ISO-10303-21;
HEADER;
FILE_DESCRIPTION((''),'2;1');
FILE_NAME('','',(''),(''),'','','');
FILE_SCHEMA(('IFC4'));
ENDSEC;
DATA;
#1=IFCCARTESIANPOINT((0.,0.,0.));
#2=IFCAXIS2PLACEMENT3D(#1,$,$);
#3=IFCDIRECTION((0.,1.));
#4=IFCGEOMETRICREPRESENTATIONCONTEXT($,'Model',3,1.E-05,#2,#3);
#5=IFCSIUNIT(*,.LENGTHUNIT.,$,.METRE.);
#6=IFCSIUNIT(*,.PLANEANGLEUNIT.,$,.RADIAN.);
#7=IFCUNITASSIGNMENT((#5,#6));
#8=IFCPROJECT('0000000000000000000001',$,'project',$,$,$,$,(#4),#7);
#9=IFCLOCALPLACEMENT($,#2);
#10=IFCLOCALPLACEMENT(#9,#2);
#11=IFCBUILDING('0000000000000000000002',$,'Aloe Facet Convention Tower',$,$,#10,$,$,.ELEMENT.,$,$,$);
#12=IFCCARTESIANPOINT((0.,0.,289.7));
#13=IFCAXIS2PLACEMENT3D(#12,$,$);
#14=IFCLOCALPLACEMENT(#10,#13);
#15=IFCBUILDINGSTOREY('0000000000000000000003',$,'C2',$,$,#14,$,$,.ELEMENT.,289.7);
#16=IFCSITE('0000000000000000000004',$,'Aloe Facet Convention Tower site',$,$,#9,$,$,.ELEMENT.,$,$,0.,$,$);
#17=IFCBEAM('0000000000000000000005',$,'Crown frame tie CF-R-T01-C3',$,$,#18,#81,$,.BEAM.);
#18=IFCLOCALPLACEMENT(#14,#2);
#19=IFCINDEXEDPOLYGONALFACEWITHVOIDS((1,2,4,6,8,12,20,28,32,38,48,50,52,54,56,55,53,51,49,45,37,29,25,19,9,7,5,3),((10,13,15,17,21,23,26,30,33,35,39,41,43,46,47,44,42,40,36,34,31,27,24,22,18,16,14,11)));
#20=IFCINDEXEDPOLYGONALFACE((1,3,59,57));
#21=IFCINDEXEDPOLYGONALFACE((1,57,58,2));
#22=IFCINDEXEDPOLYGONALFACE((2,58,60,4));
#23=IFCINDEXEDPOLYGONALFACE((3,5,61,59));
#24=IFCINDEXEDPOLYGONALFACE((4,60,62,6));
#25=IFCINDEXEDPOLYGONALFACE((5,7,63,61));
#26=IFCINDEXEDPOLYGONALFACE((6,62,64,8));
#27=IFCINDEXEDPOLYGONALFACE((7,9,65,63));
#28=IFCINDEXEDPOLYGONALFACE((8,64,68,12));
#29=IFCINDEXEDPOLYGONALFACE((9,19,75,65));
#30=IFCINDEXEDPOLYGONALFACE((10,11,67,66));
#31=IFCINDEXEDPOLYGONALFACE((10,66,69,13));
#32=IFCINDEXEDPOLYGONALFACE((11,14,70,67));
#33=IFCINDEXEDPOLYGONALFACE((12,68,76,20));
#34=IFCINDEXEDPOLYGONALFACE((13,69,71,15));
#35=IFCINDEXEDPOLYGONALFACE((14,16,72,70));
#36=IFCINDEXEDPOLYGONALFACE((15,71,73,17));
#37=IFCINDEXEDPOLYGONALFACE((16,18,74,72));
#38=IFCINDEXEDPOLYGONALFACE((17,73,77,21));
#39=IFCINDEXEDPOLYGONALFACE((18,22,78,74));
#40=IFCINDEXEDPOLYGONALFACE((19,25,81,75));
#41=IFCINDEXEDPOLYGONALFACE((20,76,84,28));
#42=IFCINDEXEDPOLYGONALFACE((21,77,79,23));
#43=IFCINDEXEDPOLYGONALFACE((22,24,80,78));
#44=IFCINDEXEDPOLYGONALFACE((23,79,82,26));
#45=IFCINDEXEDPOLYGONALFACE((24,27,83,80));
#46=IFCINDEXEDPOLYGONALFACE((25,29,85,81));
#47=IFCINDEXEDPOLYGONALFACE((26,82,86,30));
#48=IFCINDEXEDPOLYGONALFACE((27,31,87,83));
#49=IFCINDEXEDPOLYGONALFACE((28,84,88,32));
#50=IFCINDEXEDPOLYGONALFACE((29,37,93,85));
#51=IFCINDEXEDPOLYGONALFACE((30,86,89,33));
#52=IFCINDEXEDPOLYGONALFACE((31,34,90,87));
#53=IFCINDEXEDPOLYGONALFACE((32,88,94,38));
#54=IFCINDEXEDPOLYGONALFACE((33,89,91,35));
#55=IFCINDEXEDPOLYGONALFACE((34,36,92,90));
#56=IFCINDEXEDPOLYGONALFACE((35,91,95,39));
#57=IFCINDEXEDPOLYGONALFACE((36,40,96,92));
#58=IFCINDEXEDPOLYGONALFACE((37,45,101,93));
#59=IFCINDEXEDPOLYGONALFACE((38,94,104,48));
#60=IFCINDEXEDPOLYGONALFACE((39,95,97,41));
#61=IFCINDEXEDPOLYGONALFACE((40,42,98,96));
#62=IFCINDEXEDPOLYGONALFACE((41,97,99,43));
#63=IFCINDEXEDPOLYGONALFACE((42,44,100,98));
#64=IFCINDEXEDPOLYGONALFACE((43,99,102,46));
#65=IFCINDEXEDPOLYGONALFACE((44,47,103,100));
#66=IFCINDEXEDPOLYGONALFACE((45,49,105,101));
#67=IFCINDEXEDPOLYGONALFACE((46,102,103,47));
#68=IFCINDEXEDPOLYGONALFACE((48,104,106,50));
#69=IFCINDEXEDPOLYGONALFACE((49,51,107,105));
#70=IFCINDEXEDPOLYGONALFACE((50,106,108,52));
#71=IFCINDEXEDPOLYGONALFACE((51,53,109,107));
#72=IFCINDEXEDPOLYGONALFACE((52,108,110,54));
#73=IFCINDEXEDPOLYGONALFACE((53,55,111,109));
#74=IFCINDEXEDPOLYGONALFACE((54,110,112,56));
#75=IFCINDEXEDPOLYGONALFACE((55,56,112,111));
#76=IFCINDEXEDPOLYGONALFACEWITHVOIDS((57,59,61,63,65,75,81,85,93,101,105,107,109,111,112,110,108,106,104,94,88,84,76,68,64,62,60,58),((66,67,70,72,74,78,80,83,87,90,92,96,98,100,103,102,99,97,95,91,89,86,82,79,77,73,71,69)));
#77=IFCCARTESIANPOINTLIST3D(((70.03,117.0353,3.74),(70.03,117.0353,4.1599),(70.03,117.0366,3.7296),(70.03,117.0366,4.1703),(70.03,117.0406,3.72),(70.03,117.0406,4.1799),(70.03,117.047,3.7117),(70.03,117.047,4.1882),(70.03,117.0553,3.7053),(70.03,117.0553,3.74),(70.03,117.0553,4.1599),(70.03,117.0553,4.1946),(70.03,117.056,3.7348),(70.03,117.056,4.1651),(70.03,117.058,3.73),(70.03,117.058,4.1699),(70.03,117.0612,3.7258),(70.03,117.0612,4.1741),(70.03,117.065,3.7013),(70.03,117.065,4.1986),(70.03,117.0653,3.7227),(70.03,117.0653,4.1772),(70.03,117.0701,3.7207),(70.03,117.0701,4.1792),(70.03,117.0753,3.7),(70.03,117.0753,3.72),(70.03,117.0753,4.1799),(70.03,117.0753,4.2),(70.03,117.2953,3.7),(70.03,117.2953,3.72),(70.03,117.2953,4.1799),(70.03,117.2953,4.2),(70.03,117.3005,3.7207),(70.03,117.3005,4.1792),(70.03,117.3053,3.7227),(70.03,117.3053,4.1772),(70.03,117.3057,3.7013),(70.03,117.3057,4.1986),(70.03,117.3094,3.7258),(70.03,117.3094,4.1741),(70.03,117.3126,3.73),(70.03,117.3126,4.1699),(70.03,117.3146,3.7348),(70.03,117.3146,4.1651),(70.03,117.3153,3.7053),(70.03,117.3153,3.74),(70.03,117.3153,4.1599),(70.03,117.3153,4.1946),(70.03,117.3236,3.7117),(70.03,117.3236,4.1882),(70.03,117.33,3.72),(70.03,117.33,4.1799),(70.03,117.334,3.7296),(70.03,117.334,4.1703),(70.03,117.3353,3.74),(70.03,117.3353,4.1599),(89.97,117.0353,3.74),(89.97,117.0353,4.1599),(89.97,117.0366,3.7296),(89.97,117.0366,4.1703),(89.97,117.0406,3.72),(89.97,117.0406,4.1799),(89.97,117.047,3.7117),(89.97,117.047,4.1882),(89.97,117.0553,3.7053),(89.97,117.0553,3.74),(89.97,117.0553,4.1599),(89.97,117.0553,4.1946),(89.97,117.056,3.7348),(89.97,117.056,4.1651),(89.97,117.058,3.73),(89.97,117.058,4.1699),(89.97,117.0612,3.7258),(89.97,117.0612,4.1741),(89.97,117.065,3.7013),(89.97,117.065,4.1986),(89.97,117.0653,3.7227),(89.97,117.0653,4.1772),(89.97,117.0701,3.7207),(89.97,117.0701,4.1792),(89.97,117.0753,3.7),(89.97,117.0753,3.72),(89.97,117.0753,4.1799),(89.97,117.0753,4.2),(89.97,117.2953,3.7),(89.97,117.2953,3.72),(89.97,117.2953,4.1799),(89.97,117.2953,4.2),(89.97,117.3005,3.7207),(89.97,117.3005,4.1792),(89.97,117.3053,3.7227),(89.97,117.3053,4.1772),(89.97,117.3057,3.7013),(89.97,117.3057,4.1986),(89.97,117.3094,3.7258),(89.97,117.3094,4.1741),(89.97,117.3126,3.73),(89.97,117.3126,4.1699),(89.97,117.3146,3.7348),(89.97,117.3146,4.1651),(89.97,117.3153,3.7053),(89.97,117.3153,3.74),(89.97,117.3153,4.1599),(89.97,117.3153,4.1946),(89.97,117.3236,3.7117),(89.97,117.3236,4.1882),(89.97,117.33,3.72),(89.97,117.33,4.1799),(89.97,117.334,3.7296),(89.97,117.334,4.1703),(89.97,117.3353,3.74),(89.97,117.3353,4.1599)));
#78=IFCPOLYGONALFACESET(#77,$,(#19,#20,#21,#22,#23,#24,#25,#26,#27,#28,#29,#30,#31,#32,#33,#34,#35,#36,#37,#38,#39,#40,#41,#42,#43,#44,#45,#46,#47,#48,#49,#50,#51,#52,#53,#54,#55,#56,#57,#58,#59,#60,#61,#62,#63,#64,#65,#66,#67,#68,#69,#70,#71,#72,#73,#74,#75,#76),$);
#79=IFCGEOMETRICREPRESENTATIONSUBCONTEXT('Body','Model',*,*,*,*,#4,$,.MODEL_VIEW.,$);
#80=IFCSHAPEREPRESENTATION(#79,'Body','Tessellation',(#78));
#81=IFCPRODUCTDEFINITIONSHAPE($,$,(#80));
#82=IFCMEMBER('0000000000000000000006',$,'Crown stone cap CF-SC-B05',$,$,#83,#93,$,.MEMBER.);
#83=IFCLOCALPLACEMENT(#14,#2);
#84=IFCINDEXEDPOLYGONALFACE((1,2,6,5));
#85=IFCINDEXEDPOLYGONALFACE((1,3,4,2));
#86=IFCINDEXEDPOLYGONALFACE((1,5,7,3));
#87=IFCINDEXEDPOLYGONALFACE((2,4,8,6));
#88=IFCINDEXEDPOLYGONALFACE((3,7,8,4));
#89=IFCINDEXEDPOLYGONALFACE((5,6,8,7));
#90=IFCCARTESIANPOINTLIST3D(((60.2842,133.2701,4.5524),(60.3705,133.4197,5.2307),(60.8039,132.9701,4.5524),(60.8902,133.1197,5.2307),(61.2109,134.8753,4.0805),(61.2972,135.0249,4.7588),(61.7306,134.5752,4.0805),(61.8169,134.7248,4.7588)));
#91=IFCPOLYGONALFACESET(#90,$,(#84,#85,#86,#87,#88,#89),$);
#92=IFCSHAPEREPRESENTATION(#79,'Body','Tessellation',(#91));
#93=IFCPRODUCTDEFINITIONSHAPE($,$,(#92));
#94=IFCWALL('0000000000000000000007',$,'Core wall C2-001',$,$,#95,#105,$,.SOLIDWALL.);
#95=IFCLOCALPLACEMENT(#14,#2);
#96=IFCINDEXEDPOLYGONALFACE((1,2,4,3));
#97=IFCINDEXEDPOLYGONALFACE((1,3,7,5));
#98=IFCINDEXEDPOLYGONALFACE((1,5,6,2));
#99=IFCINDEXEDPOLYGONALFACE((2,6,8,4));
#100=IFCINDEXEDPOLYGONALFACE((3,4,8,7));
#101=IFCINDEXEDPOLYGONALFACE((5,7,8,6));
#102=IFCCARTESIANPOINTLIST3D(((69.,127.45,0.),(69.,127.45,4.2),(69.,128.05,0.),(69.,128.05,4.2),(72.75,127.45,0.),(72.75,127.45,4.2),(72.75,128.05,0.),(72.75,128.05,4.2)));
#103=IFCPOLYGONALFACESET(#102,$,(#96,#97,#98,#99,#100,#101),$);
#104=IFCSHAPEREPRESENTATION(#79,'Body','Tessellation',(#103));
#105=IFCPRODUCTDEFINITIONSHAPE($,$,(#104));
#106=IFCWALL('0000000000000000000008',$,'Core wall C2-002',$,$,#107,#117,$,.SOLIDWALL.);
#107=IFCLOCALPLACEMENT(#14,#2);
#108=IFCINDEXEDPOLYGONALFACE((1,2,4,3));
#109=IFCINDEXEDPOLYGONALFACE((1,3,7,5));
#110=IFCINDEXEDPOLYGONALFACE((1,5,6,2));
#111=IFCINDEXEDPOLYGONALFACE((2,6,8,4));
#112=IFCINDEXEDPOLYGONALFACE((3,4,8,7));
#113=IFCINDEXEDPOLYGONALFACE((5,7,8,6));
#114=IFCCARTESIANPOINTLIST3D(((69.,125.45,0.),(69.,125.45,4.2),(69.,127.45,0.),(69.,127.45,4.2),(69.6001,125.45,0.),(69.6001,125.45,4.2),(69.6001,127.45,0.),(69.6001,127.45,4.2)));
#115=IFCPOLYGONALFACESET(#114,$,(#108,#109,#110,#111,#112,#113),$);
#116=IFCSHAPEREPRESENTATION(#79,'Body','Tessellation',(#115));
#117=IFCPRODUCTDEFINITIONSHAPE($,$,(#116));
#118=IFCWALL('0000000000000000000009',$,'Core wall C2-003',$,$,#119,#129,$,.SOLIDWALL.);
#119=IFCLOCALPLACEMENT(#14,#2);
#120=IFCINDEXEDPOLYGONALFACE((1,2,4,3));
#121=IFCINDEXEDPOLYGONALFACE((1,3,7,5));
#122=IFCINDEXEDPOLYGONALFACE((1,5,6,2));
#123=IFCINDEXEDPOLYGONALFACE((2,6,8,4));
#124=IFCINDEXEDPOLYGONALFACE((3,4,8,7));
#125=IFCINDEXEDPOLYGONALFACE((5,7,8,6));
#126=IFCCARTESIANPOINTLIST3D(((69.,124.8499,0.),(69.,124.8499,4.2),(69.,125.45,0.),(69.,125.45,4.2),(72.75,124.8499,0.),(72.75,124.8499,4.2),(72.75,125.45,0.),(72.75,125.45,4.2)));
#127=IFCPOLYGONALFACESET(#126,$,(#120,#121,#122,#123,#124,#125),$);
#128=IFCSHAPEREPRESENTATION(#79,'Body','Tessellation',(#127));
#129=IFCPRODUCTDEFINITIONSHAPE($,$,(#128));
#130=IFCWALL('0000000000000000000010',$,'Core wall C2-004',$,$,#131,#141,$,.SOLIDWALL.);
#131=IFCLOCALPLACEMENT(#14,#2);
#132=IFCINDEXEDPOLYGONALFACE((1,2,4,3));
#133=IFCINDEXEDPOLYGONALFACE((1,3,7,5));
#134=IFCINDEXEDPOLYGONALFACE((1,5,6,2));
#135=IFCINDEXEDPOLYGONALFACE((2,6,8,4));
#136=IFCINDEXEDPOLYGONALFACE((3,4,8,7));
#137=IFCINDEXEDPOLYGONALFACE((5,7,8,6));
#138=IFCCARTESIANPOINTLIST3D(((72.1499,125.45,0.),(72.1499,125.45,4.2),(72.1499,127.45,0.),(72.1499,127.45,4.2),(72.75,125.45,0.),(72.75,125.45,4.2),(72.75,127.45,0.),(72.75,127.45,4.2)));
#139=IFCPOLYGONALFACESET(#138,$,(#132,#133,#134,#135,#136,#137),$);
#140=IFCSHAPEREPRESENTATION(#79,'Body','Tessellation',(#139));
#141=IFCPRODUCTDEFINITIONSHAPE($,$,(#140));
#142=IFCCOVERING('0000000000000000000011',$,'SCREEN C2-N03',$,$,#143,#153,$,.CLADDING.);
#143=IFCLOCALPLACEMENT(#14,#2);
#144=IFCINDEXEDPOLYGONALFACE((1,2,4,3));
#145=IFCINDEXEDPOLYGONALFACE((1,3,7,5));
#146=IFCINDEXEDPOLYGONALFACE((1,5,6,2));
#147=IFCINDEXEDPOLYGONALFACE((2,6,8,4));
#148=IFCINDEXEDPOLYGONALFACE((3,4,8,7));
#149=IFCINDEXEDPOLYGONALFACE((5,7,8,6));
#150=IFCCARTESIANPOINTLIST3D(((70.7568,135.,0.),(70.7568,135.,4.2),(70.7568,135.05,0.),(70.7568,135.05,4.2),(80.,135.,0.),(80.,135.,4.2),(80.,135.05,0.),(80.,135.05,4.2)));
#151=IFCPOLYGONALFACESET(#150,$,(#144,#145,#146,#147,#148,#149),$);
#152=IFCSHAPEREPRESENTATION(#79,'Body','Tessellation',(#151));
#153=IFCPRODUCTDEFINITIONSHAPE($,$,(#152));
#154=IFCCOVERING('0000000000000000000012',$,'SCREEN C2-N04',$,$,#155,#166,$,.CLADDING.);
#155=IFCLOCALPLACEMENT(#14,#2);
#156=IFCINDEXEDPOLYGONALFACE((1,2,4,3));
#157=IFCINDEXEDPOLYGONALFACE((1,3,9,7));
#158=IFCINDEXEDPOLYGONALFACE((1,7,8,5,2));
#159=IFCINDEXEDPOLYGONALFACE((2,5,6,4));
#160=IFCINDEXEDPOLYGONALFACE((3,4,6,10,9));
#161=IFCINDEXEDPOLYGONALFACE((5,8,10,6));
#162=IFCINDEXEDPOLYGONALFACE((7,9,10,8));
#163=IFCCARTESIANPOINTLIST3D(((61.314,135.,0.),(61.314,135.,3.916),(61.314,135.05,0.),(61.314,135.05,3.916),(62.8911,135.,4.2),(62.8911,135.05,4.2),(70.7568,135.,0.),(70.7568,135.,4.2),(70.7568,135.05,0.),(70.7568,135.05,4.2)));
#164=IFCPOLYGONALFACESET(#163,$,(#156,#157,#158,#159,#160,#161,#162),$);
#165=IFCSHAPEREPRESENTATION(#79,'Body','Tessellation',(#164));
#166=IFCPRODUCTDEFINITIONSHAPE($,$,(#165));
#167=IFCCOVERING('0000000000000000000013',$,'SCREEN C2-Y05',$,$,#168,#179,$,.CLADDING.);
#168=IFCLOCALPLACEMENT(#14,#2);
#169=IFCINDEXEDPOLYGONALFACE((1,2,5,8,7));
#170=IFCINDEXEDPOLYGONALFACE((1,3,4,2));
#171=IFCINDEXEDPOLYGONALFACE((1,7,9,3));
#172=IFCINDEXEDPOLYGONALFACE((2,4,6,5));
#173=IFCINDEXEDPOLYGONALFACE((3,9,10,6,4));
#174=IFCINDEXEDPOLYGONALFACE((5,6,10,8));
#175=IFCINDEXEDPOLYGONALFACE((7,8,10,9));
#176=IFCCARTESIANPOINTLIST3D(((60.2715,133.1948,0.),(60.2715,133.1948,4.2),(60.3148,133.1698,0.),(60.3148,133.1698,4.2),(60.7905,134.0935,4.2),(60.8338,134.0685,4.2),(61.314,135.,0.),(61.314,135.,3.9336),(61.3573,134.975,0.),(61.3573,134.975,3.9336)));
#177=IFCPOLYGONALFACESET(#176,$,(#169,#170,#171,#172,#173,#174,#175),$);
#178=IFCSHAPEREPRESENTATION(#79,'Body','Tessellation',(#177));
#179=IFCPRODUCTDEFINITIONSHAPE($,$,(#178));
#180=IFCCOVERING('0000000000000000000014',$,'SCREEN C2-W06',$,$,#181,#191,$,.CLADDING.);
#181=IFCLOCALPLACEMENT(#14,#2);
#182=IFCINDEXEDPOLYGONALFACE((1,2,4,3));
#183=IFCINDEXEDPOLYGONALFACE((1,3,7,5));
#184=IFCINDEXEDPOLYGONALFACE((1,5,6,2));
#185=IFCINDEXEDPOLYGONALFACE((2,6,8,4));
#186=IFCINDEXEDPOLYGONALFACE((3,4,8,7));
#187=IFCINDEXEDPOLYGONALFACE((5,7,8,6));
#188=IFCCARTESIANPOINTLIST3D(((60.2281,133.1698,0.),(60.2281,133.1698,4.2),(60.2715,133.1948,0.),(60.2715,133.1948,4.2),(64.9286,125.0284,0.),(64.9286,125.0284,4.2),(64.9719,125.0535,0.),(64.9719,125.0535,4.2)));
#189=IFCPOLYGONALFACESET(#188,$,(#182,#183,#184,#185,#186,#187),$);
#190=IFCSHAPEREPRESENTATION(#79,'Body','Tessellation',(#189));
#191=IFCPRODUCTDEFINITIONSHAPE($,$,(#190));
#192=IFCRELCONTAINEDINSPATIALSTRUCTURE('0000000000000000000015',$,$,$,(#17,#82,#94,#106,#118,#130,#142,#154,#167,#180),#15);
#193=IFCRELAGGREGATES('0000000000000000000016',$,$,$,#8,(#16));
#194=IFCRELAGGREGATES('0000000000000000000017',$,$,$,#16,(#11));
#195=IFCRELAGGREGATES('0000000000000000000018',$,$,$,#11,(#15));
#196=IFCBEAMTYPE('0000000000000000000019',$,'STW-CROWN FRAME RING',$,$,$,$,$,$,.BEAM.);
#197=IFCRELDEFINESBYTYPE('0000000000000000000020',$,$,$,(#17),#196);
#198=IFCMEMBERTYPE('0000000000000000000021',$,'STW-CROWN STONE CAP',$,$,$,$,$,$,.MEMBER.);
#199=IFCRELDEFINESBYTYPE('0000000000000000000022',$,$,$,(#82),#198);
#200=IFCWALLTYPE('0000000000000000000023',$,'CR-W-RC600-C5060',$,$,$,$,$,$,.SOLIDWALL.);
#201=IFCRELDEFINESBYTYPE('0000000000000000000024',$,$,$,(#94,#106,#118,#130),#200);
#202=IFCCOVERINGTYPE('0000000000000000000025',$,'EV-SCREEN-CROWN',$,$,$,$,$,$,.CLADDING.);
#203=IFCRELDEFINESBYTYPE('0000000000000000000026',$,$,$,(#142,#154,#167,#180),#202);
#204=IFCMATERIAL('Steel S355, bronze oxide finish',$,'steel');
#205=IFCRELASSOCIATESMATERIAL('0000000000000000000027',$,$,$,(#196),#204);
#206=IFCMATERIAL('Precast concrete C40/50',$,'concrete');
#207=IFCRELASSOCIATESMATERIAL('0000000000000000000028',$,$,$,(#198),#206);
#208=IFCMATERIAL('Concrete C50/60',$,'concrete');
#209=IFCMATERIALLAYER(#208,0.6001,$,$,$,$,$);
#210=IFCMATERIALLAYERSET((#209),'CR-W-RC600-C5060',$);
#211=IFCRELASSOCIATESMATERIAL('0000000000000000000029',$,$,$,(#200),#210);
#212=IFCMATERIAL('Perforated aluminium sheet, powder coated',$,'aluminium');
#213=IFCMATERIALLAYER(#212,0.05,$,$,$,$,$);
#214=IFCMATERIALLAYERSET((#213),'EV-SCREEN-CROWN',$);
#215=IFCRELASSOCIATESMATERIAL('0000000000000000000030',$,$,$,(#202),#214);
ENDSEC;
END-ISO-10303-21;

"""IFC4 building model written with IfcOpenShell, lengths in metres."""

from ifc_helpers import new_model, si_unit, direction, frame, frame_2d, origin, origin_2d, place, context, subcontext, project, spatial, polyline, rectangle, hollow_rectangle, outline, extrude, material, layer, layer_set, material_profile, profile_set, type_object, element, save


model = new_model("IFC4")

# Units and contexts
model_context = context("Model", 3, precision=1e-05, world=origin(), true_north=direction((0.0, 1.0)))
body_context = subcontext(model_context, "Body", "Model", "MODEL_VIEW")
ifc_project = project(units=[si_unit("LENGTHUNIT", "METRE"), si_unit("PLANEANGLEUNIT", "RADIAN")], contexts=[model_context])

# Site, building, storey
site_placement = place(None, origin())
site = spatial("IfcSite", under=ifc_project, at=site_placement, Name="Aloe Facet Convention Tower site", CompositionType="ELEMENT", RefElevation=0.0)
building_placement = place(site_placement, origin())
building = spatial("IfcBuilding", under=site, at=building_placement, Name="Aloe Facet Convention Tower", CompositionType="ELEMENT")
storey_placement = place(building_placement, frame((0.0, 0.0, 289.7)))
storey = spatial("IfcBuildingStorey", under=building, at=storey_placement, Name="C2", CompositionType="ELEMENT", Elevation=289.7)

# Beam
ifc_material_1 = material(Name="Steel S355, bronze oxide finish", Category="steel")
ifc_material_profile_1 = material_profile(ifc_material_1, hollow_rectangle(XDim=0.3, YDim=0.5, WallThickness=0.02, InnerFilletRadius=0.02, OuterFilletRadius=0.04, at=origin_2d()), Name="RHS 500x300x20")
ifc_profile_set_1 = profile_set([ifc_material_profile_1], Name="Steel S355, bronze oxide finish")
beam_type_1 = type_object("IfcBeamType", Name="STW-CROWN FRAME RING", PredefinedType="BEAM", material=ifc_profile_set_1)
beam_1_placement = place(storey_placement, frame((70.03, 117.1853, 3.95), z_axis=(1.0, 0.0, 0.0), x_axis=(0.0, 1.0, 0.0)))
element("IfcBeam", 1, at=beam_1_placement, inside=storey, type_object=beam_type_1, Name="Crown frame tie CF-R-T01-C3", PredefinedType="BEAM", context=body_context, shape_type="SweptSolid", body=[
    extrude(hollow_rectangle(XDim=0.3, YDim=0.5, WallThickness=0.02, InnerFilletRadius=0.02, OuterFilletRadius=0.04, at=origin_2d()), origin(), (0.0, 0.0, 1.0), 19.9399),
])

# Member
ifc_material_2 = material(Name="Precast concrete C40/50", Category="concrete")
ifc_material_profile_2 = material_profile(ifc_material_2, rectangle(XDim=0.6001, YDim=0.7, at=origin_2d()), Name="STW-CROWN STONE CAP")
ifc_profile_set_2 = profile_set([ifc_material_profile_2], Name="Precast concrete C40/50")
member_type_1 = type_object("IfcMemberType", Name="STW-CROWN STONE CAP", PredefinedType="MEMBER", material=ifc_profile_set_2)
member_1_placement = place(storey_placement, frame((61.5139, 134.8, 4.4197), z_axis=(-0.484534, -0.839255, 0.246735), x_axis=(0.86603, -0.499992, 0.0)))
element("IfcMember", 2, at=member_1_placement, inside=storey, type_object=member_type_1, Name="Crown stone cap CF-SC-B05", PredefinedType="MEMBER", context=body_context, shape_type="SweptSolid", body=[
    extrude(rectangle(XDim=0.6001, YDim=0.7, at=origin_2d()), origin(), (0.0, 0.0, 1.0), 1.9126),
])

# Walls
ifc_material_3 = material(Name="Concrete C50/60", Category="concrete")
ifc_layer_1 = layer(ifc_material_3, 0.6001)
ifc_layer_set_1 = layer_set([ifc_layer_1], Name="CR-W-RC600-C5060")
wall_type = type_object("IfcWallType", Name="CR-W-RC600-C5060", PredefinedType="SOLIDWALL", material=ifc_layer_set_1)
wall_1_placement = place(storey_placement, frame((69.0, 127.75, 0.0), z_axis=(0.0, 0.0, 1.0), x_axis=(1.0, 0.0, 0.0)))
element("IfcWall", 3, at=wall_1_placement, inside=storey, type_object=wall_type, Name="Core wall C2-001", PredefinedType="SOLIDWALL", context=body_context, shape_type="SweptSolid", body=[
    extrude(rectangle(XDim=3.75, YDim=0.6001, at=frame_2d((1.875, 0.0))), origin(), (0.0, 0.0, 1.0), 4.2),
])
wall_2_placement = place(storey_placement, frame((69.3, 127.45, 0.0), z_axis=(0.0, 0.0, 1.0), x_axis=(0.0, -1.0, 0.0)))
element("IfcWall", 4, at=wall_2_placement, inside=storey, type_object=wall_type, Name="Core wall C2-002", PredefinedType="SOLIDWALL", context=body_context, shape_type="SweptSolid", body=[
    extrude(rectangle(XDim=2.0, YDim=0.6001, at=frame_2d((1.0, 0.0))), origin(), (0.0, 0.0, 1.0), 4.2),
])
wall_3_placement = place(storey_placement, frame((69.0, 125.1499, 0.0), z_axis=(0.0, 0.0, 1.0), x_axis=(1.0, 0.0, 0.0)))
element("IfcWall", 5, at=wall_3_placement, inside=storey, type_object=wall_type, Name="Core wall C2-003", PredefinedType="SOLIDWALL", context=body_context, shape_type="SweptSolid", body=[
    extrude(rectangle(XDim=3.75, YDim=0.6001, at=frame_2d((1.875, 0.0))), origin(), (0.0, 0.0, 1.0), 4.2),
])
wall_4_placement = place(storey_placement, frame((72.45, 127.45, 0.0), z_axis=(0.0, 0.0, 1.0), x_axis=(0.0, -1.0, 0.0)))
element("IfcWall", 6, at=wall_4_placement, inside=storey, type_object=wall_type, Name="Core wall C2-004", PredefinedType="SOLIDWALL", context=body_context, shape_type="SweptSolid", body=[
    extrude(rectangle(XDim=2.0, YDim=0.6001, at=frame_2d((1.0, 0.0))), origin(), (0.0, 0.0, 1.0), 4.2),
])

# Coverings
ifc_material_4 = material(Name="Perforated aluminium sheet, powder coated", Category="aluminium")
ifc_layer_2 = layer(ifc_material_4, 0.05)
ifc_layer_set_2 = layer_set([ifc_layer_2], Name="EV-SCREEN-CROWN")
covering_type = type_object("IfcCoveringType", Name="EV-SCREEN-CROWN", PredefinedType="CLADDING", material=ifc_layer_set_2)
covering_1_placement = place(storey_placement, frame((80.0, 135.0, 0.0), z_axis=(0.0, -1.0, 0.0), x_axis=(0.0, 0.0, 1.0)))
element("IfcCovering", 7, at=covering_1_placement, inside=storey, type_object=covering_type, Name="SCREEN C2-N03", PredefinedType="CLADDING", context=body_context, shape_type="SweptSolid", body=[
    extrude(outline(polyline([(0.0, 0.0), (4.2, 0.0), (4.2, 9.2432), (0.0, 9.2432), (0.0, 0.0)])), origin(), (0.0, 0.0, -1.0), 0.05),
])
covering_2_placement = place(storey_placement, frame((70.7568, 135.0, 0.0), z_axis=(0.0, -1.0, 0.0), x_axis=(0.0, 0.0, 1.0)))
element("IfcCovering", 8, at=covering_2_placement, inside=storey, type_object=covering_type, Name="SCREEN C2-N04", PredefinedType="CLADDING", context=body_context, shape_type="SweptSolid", body=[
    extrude(outline(polyline([(0.0, 0.0), (4.2, 0.0), (4.2, 7.8657), (3.916, 9.4429), (0.0, 9.4429), (0.0, 0.0)])), origin(), (0.0, 0.0, -1.0), 0.05),
])
covering_3_placement = place(storey_placement, frame((61.314, 135.0, 0.0), z_axis=(-0.865971, 0.500095, 0.000006), x_axis=(0.000005, -0.000003, 1.0)))
element("IfcCovering", 9, at=covering_3_placement, inside=storey, type_object=covering_type, Name="SCREEN C2-Y05", PredefinedType="CLADDING", context=body_context, shape_type="SweptSolid", body=[
    extrude(outline(polyline([(0.0, 0.0), (3.9336, 0.0), (4.2, -1.0468), (4.2, -2.0846), (0.0, -2.0846), (0.0, 0.0)])), origin(), (0.0, 0.0, -1.0), 0.05),
])
covering_4_placement = place(storey_placement, frame((60.2715, 133.1948, 0.0), z_axis=(0.866024, 0.500002, 0.0), x_axis=(0.0, 0.0, 1.0)))
element("IfcCovering", 10, at=covering_4_placement, inside=storey, type_object=covering_type, Name="SCREEN C2-W06", PredefinedType="CLADDING", context=body_context, shape_type="SweptSolid", body=[
    extrude(outline(polyline([(0.0, 0.0), (4.2, 0.0), (4.2, 9.4008), (0.0, 9.4008), (0.0, 0.0)])), origin(), (0.0, 0.0, -1.0), 0.05),
])

save(model, "model.ifc")
